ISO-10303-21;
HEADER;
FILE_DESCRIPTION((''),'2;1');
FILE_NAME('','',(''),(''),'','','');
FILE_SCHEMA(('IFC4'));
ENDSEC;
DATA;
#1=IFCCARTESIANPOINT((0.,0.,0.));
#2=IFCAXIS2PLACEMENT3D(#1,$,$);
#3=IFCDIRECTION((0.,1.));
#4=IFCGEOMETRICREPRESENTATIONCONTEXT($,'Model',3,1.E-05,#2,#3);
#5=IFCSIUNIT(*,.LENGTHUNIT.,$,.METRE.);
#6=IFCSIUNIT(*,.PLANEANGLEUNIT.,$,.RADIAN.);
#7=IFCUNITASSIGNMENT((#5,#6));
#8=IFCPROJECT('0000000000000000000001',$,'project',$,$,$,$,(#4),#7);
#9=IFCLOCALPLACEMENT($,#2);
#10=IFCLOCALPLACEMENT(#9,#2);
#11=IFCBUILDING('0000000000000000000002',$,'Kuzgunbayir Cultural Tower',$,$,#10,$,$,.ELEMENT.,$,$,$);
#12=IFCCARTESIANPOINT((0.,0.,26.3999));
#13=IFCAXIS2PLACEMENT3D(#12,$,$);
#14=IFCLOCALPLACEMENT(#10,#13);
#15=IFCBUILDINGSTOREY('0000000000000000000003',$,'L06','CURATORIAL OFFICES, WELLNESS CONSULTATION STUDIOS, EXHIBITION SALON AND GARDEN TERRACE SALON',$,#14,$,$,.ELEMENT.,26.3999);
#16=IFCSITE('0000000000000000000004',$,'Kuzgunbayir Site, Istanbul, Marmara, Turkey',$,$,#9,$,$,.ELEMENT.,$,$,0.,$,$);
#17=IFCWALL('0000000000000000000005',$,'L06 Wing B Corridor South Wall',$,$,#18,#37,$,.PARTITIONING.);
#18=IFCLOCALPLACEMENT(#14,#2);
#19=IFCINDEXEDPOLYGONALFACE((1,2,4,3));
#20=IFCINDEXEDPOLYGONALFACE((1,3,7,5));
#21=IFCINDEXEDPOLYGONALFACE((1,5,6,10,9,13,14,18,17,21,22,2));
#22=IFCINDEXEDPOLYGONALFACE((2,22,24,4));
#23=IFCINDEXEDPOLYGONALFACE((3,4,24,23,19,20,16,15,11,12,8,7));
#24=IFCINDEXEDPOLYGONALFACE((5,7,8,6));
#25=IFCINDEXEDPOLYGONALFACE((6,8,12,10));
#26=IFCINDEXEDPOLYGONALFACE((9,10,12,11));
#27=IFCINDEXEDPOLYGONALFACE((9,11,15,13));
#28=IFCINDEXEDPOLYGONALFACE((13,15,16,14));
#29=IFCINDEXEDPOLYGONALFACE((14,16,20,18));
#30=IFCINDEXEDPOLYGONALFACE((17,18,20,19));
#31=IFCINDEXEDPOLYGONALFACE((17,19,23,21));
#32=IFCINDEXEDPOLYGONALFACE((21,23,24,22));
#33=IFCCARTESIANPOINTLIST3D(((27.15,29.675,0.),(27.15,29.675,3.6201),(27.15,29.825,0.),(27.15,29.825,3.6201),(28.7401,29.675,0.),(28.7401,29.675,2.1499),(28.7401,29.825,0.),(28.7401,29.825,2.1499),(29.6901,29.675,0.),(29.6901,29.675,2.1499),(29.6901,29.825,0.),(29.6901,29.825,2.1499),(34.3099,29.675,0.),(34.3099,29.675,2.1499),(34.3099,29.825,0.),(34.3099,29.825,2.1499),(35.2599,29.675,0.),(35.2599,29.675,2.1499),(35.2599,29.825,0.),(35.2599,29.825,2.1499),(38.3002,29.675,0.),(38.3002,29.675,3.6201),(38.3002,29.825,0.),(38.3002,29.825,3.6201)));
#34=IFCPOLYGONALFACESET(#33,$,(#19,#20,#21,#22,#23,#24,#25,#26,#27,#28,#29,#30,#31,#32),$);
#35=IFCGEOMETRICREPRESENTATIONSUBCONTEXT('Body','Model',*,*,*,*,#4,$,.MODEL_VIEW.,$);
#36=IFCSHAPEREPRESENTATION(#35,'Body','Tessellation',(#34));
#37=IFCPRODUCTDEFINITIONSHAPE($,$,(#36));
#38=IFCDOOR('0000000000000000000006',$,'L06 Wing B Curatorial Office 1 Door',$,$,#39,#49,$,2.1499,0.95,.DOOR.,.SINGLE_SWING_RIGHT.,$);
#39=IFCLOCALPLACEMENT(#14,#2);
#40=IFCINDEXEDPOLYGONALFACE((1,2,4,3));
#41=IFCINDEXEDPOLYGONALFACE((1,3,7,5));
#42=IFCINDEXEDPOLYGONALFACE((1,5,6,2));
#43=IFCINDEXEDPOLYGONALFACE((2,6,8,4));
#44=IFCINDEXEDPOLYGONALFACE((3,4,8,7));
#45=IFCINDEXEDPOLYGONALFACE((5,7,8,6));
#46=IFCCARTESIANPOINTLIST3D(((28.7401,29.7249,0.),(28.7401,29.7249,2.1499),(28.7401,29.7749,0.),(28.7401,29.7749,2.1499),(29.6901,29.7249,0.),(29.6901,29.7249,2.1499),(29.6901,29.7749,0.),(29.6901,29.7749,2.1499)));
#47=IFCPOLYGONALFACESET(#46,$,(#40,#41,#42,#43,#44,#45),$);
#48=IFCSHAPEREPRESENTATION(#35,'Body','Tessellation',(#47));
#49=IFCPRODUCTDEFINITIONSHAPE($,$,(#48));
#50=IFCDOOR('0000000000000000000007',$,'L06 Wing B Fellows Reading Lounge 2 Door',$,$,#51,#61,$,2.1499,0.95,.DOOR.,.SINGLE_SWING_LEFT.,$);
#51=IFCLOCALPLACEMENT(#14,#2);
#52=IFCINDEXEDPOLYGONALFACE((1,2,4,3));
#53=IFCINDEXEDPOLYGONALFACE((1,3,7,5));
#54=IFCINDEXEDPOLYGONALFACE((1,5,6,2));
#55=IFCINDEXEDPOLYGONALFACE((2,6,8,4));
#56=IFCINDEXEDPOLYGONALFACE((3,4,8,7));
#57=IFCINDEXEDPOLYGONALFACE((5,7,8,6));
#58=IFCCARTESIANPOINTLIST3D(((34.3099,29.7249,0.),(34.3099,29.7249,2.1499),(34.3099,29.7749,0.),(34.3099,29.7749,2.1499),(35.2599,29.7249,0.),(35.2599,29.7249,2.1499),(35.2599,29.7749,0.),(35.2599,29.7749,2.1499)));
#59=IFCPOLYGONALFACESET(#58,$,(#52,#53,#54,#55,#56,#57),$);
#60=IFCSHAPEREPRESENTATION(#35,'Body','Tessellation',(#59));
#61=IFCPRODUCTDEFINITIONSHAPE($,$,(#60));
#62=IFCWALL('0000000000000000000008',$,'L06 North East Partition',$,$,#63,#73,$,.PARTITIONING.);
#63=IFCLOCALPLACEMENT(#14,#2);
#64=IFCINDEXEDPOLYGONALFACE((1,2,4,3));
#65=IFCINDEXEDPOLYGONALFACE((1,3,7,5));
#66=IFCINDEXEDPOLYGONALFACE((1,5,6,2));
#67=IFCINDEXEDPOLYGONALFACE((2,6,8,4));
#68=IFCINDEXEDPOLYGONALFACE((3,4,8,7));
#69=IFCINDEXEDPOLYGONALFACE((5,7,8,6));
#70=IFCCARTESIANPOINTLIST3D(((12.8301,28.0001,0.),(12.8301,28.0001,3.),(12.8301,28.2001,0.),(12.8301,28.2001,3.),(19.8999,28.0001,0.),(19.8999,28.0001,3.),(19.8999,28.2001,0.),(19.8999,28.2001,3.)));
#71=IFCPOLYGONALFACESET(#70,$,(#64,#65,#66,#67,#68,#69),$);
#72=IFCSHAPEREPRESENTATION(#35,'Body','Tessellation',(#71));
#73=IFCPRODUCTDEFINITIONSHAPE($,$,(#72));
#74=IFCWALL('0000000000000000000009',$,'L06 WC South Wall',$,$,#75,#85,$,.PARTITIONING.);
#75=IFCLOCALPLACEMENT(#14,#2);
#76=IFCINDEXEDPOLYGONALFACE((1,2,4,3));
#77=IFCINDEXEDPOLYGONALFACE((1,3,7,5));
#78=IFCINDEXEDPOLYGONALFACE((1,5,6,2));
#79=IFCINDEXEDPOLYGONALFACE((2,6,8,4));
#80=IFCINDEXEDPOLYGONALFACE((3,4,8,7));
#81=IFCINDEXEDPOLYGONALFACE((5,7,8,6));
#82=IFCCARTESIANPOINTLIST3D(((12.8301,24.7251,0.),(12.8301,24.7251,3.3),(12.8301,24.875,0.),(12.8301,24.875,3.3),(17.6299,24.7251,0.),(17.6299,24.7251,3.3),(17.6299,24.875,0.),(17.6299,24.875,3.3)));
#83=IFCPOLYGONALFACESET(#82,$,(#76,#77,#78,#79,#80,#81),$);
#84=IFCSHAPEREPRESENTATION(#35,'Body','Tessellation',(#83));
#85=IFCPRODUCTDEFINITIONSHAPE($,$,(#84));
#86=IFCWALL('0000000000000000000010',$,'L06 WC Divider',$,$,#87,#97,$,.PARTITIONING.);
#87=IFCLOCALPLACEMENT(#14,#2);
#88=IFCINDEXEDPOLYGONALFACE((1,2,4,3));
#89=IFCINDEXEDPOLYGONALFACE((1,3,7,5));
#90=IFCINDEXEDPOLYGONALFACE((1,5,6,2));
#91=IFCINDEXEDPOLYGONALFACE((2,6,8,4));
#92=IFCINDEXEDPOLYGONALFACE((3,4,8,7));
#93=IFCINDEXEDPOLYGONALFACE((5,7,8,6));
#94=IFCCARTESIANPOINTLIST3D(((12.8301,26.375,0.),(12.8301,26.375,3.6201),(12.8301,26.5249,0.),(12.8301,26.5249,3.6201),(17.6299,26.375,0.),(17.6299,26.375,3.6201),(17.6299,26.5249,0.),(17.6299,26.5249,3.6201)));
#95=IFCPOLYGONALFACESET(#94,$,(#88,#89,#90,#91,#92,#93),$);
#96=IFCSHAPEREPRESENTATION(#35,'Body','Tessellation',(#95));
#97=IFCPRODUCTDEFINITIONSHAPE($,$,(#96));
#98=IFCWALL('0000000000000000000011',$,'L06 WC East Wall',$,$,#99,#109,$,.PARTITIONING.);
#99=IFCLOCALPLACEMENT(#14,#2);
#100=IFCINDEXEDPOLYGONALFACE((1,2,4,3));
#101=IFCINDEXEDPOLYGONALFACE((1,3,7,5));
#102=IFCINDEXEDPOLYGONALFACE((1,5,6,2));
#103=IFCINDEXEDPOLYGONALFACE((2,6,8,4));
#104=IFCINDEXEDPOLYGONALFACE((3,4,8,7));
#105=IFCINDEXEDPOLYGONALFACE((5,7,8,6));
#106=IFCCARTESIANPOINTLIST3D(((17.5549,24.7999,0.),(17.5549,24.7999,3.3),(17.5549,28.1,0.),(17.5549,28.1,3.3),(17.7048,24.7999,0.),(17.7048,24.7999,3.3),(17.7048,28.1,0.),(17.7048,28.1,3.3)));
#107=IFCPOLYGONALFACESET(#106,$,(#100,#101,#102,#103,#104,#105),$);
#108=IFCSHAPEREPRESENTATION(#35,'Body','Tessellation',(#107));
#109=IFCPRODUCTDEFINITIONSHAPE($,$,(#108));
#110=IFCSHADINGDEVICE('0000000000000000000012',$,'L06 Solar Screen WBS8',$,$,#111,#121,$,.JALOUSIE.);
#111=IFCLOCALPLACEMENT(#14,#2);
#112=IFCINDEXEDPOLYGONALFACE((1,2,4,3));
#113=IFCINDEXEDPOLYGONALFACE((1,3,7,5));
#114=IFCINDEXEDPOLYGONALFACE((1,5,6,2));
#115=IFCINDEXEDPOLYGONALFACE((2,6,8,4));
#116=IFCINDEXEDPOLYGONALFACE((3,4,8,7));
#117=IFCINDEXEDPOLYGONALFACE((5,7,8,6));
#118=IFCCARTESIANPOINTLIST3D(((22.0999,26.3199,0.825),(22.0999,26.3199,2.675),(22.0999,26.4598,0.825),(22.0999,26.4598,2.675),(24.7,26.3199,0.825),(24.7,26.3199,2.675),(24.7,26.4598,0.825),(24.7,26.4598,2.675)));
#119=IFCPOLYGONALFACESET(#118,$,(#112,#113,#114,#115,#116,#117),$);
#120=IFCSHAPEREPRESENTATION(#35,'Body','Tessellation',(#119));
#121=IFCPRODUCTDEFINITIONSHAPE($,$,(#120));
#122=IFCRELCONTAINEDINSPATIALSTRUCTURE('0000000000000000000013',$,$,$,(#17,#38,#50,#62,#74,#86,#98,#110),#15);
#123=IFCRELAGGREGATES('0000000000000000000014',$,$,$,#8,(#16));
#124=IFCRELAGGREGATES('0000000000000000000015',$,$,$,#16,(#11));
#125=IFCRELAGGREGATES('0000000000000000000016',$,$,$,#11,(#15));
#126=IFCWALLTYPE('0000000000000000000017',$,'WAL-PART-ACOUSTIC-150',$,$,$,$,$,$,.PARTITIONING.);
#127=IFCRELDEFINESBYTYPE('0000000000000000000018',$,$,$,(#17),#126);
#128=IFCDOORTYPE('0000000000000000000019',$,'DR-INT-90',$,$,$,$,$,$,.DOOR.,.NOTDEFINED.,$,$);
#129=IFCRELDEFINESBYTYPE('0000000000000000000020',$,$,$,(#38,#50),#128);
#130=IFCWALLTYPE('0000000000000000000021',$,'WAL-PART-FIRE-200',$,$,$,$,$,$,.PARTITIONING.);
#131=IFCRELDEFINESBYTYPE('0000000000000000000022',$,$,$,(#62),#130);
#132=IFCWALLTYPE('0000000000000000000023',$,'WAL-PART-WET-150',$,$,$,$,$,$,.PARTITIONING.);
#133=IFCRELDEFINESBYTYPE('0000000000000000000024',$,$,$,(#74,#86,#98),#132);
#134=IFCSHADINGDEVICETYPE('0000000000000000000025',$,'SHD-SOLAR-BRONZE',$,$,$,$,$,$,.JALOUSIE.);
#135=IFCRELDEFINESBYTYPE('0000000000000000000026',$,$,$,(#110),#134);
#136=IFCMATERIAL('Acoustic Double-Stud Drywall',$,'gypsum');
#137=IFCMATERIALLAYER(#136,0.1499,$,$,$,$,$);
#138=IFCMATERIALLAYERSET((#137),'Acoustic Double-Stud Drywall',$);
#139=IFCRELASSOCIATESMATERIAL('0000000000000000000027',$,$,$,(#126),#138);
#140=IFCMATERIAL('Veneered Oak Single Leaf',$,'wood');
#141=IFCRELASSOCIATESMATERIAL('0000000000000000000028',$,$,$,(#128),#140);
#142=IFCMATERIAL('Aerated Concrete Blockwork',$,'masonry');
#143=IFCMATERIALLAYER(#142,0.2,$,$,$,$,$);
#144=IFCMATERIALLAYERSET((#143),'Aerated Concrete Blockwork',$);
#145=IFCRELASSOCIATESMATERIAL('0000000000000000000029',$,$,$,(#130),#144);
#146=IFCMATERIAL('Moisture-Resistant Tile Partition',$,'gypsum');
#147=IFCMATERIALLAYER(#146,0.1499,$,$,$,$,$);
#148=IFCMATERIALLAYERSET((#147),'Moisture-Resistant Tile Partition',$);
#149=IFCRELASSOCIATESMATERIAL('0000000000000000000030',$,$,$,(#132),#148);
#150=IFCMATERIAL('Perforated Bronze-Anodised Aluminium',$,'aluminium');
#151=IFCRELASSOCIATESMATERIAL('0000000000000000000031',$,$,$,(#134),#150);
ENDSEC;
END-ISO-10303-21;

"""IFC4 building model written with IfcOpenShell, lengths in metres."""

from ifc_helpers import new_model, si_unit, direction, frame, frame_2d, origin, origin_2d, place, context, subcontext, project, spatial, rectangle, extrude, material, layer, layer_set, type_object, element, fill, save


model = new_model("IFC4")

# Units and contexts
model_context = context("Model", 3, precision=1e-05, world=origin(), true_north=direction((0.0, 1.0)))
body_context = subcontext(model_context, "Body", "Model", "MODEL_VIEW")
ifc_project = project(units=[si_unit("LENGTHUNIT", "METRE"), si_unit("PLANEANGLEUNIT", "RADIAN")], contexts=[model_context])

# Site, building, storey
site_placement = place(None, origin())
site = spatial("IfcSite", under=ifc_project, at=site_placement, Name="Kuzgunbayir Site, Istanbul, Marmara, Turkey", CompositionType="ELEMENT", RefElevation=0.0)
building_placement = place(site_placement, origin())
building = spatial("IfcBuilding", under=site, at=building_placement, Name="Kuzgunbayir Cultural Tower", CompositionType="ELEMENT")
storey_placement = place(building_placement, frame((0.0, 0.0, 26.3999)))
storey = spatial("IfcBuildingStorey", under=building, at=storey_placement, Name="L06", Description="CURATORIAL OFFICES, WELLNESS CONSULTATION STUDIOS, EXHIBITION SALON AND GARDEN TERRACE SALON", CompositionType="ELEMENT", Elevation=26.3999)

# Shared definitions
ifc_material_1 = material(Name="Acoustic Double-Stud Drywall", Category="gypsum")
ifc_layer_1 = layer(ifc_material_1, 0.1499)
ifc_layer_set_1 = layer_set([ifc_layer_1], Name="Acoustic Double-Stud Drywall")
wall_type_1 = type_object("IfcWallType", Name="WAL-PART-ACOUSTIC-150", PredefinedType="PARTITIONING", material=ifc_layer_set_1)
ifc_material_2 = material(Name="Veneered Oak Single Leaf", Category="wood")
door_type = type_object("IfcDoorType", Name="DR-INT-90", OperationType="NOTDEFINED", PredefinedType="DOOR", material=ifc_material_2)

# Wall, openings, doors
wall_1_placement = place(storey_placement, frame((27.1499, 29.75, 0.0), z_axis=(0.0, 0.0, 1.0), x_axis=(1.0, 0.0, 0.0)))
wall_1 = element("IfcWall", 1, at=wall_1_placement, inside=storey, type_object=wall_type_1, Name="L06 Wing B Corridor South Wall", PredefinedType="PARTITIONING", context=body_context, shape_type="SweptSolid", body=[
    extrude(rectangle(XDim=11.1501, YDim=0.1499, at=frame_2d((5.5752, 0.0))), origin(), (0.0, 0.0, 1.0), 3.6201),
])
opening_1_placement = place(wall_1_placement, frame((1.5901, 0.0, 0.0)))
opening_1 = element("IfcOpeningElement", 2, at=opening_1_placement, cuts=wall_1, PredefinedType="OPENING", context=body_context, shape_type="SweptSolid", body=[
    extrude(rectangle(XDim=0.95, YDim=2.1499, at=frame_2d((0.4751, 1.075))), frame((0.0, 0.085, 0.0), z_axis=(0.0, -1.0, 0.0), x_axis=(1.0, 0.0, 0.0)), (0.0, 0.0, 1.0), 0.1699),
])
opening_2_placement = place(wall_1_placement, frame((7.1599, 0.0, 0.0)))
opening_2 = element("IfcOpeningElement", 3, at=opening_2_placement, cuts=wall_1, PredefinedType="OPENING", context=body_context, shape_type="SweptSolid", body=[
    extrude(rectangle(XDim=0.95, YDim=2.1499, at=frame_2d((0.4751, 1.075))), frame((0.0, 0.085, 0.0), z_axis=(0.0, -1.0, 0.0), x_axis=(1.0, 0.0, 0.0)), (0.0, 0.0, 1.0), 0.1699),
])
door_1_placement = place(opening_1_placement, origin())
door_1 = element("IfcDoor", 4, at=door_1_placement, inside=storey, type_object=door_type, Name="L06 Wing B Curatorial Office 1 Door", OperationType="SINGLE_SWING_RIGHT", OverallHeight=2.1499, OverallWidth=0.95, PredefinedType="DOOR", context=body_context, shape_type="SweptSolid", body=[
    extrude(rectangle(XDim=0.95, YDim=2.1499, at=frame_2d((0.4751, 1.075))), frame((0.0, 0.0249, 0.0), z_axis=(0.0, -1.0, 0.0), x_axis=(1.0, 0.0, 0.0)), (0.0, 0.0, 1.0), 0.05),
])
fill(opening_1, door_1)
door_2_placement = place(opening_2_placement, origin())
door_2 = element("IfcDoor", 5, at=door_2_placement, inside=storey, type_object=door_type, Name="L06 Wing B Fellows Reading Lounge 2 Door", OperationType="SINGLE_SWING_LEFT", OverallHeight=2.1499, OverallWidth=0.95, PredefinedType="DOOR", context=body_context, shape_type="SweptSolid", body=[
    extrude(rectangle(XDim=0.95, YDim=2.1499, at=frame_2d((0.4751, 1.075))), frame((0.0, 0.0249, 0.0), z_axis=(0.0, -1.0, 0.0), x_axis=(1.0, 0.0, 0.0)), (0.0, 0.0, 1.0), 0.05),
])
fill(opening_2, door_2)

# Walls
ifc_material_3 = material(Name="Aerated Concrete Blockwork", Category="masonry")
ifc_layer_2 = layer(ifc_material_3, 0.2)
ifc_layer_set_2 = layer_set([ifc_layer_2], Name="Aerated Concrete Blockwork")
wall_type_2 = type_object("IfcWallType", Name="WAL-PART-FIRE-200", PredefinedType="PARTITIONING", material=ifc_layer_set_2)
wall_2_placement = place(storey_placement, frame((12.8301, 28.1001, 0.0), z_axis=(0.0, 0.0, 1.0), x_axis=(1.0, 0.0, 0.0)))
element("IfcWall", 6, at=wall_2_placement, inside=storey, type_object=wall_type_2, Name="L06 North East Partition", PredefinedType="PARTITIONING", context=body_context, shape_type="SweptSolid", body=[
    extrude(rectangle(XDim=7.0698, YDim=0.2, at=frame_2d((3.5349, 0.0))), origin(), (0.0, 0.0, 1.0), 3.0),
])
ifc_material_4 = material(Name="Moisture-Resistant Tile Partition", Category="gypsum")
ifc_layer_3 = layer(ifc_material_4, 0.1499)
ifc_layer_set_3 = layer_set([ifc_layer_3], Name="Moisture-Resistant Tile Partition")
wall_type_3 = type_object("IfcWallType", Name="WAL-PART-WET-150", PredefinedType="PARTITIONING", material=ifc_layer_set_3)
wall_3_placement = place(storey_placement, frame((12.8301, 24.8, 0.0), z_axis=(0.0, 0.0, 1.0), x_axis=(1.0, 0.0, 0.0)))
element("IfcWall", 7, at=wall_3_placement, inside=storey, type_object=wall_type_3, Name="L06 WC South Wall", PredefinedType="PARTITIONING", context=body_context, shape_type="SweptSolid", body=[
    extrude(rectangle(XDim=4.7998, YDim=0.1499, at=frame_2d((2.3999, 0.0))), origin(), (0.0, 0.0, 1.0), 3.3),
])
wall_4_placement = place(storey_placement, frame((12.8301, 26.45, 0.0), z_axis=(0.0, 0.0, 1.0), x_axis=(1.0, 0.0, 0.0)))
element("IfcWall", 8, at=wall_4_placement, inside=storey, type_object=wall_type_3, Name="L06 WC Divider", PredefinedType="PARTITIONING", context=body_context, shape_type="SweptSolid", body=[
    extrude(rectangle(XDim=4.7998, YDim=0.1499, at=frame_2d((2.3999, 0.0))), origin(), (0.0, 0.0, 1.0), 3.6201),
])
wall_5_placement = place(storey_placement, frame((17.6299, 24.8, 0.0), z_axis=(0.0, 0.0, 1.0), x_axis=(0.0, 1.0, 0.0)))
element("IfcWall", 9, at=wall_5_placement, inside=storey, type_object=wall_type_3, Name="L06 WC East Wall", PredefinedType="PARTITIONING", context=body_context, shape_type="SweptSolid", body=[
    extrude(rectangle(XDim=3.3, YDim=0.1499, at=frame_2d((1.6499, 0.0))), origin(), (0.0, 0.0, 1.0), 3.3),
])

# Shading device
ifc_material_5 = material(Name="Perforated Bronze-Anodised Aluminium", Category="aluminium")
shading_device_type = type_object("IfcShadingDeviceType", Name="SHD-SOLAR-BRONZE", PredefinedType="JALOUSIE", material=ifc_material_5)
shading_device_placement = place(storey_placement, frame((23.3999, 26.3899, 0.825), z_axis=(0.0, 0.0, 1.0), x_axis=(1.0, 0.0, 0.0)))
element("IfcShadingDevice", 10, at=shading_device_placement, inside=storey, type_object=shading_device_type, Name="L06 Solar Screen WBS8", PredefinedType="JALOUSIE", context=body_context, shape_type="SweptSolid", body=[
    extrude(rectangle(XDim=2.6001, YDim=0.1399, at=origin_2d()), origin(), (0.0, 0.0, 1.0), 1.8501),
])

save(model, "model.ifc")
